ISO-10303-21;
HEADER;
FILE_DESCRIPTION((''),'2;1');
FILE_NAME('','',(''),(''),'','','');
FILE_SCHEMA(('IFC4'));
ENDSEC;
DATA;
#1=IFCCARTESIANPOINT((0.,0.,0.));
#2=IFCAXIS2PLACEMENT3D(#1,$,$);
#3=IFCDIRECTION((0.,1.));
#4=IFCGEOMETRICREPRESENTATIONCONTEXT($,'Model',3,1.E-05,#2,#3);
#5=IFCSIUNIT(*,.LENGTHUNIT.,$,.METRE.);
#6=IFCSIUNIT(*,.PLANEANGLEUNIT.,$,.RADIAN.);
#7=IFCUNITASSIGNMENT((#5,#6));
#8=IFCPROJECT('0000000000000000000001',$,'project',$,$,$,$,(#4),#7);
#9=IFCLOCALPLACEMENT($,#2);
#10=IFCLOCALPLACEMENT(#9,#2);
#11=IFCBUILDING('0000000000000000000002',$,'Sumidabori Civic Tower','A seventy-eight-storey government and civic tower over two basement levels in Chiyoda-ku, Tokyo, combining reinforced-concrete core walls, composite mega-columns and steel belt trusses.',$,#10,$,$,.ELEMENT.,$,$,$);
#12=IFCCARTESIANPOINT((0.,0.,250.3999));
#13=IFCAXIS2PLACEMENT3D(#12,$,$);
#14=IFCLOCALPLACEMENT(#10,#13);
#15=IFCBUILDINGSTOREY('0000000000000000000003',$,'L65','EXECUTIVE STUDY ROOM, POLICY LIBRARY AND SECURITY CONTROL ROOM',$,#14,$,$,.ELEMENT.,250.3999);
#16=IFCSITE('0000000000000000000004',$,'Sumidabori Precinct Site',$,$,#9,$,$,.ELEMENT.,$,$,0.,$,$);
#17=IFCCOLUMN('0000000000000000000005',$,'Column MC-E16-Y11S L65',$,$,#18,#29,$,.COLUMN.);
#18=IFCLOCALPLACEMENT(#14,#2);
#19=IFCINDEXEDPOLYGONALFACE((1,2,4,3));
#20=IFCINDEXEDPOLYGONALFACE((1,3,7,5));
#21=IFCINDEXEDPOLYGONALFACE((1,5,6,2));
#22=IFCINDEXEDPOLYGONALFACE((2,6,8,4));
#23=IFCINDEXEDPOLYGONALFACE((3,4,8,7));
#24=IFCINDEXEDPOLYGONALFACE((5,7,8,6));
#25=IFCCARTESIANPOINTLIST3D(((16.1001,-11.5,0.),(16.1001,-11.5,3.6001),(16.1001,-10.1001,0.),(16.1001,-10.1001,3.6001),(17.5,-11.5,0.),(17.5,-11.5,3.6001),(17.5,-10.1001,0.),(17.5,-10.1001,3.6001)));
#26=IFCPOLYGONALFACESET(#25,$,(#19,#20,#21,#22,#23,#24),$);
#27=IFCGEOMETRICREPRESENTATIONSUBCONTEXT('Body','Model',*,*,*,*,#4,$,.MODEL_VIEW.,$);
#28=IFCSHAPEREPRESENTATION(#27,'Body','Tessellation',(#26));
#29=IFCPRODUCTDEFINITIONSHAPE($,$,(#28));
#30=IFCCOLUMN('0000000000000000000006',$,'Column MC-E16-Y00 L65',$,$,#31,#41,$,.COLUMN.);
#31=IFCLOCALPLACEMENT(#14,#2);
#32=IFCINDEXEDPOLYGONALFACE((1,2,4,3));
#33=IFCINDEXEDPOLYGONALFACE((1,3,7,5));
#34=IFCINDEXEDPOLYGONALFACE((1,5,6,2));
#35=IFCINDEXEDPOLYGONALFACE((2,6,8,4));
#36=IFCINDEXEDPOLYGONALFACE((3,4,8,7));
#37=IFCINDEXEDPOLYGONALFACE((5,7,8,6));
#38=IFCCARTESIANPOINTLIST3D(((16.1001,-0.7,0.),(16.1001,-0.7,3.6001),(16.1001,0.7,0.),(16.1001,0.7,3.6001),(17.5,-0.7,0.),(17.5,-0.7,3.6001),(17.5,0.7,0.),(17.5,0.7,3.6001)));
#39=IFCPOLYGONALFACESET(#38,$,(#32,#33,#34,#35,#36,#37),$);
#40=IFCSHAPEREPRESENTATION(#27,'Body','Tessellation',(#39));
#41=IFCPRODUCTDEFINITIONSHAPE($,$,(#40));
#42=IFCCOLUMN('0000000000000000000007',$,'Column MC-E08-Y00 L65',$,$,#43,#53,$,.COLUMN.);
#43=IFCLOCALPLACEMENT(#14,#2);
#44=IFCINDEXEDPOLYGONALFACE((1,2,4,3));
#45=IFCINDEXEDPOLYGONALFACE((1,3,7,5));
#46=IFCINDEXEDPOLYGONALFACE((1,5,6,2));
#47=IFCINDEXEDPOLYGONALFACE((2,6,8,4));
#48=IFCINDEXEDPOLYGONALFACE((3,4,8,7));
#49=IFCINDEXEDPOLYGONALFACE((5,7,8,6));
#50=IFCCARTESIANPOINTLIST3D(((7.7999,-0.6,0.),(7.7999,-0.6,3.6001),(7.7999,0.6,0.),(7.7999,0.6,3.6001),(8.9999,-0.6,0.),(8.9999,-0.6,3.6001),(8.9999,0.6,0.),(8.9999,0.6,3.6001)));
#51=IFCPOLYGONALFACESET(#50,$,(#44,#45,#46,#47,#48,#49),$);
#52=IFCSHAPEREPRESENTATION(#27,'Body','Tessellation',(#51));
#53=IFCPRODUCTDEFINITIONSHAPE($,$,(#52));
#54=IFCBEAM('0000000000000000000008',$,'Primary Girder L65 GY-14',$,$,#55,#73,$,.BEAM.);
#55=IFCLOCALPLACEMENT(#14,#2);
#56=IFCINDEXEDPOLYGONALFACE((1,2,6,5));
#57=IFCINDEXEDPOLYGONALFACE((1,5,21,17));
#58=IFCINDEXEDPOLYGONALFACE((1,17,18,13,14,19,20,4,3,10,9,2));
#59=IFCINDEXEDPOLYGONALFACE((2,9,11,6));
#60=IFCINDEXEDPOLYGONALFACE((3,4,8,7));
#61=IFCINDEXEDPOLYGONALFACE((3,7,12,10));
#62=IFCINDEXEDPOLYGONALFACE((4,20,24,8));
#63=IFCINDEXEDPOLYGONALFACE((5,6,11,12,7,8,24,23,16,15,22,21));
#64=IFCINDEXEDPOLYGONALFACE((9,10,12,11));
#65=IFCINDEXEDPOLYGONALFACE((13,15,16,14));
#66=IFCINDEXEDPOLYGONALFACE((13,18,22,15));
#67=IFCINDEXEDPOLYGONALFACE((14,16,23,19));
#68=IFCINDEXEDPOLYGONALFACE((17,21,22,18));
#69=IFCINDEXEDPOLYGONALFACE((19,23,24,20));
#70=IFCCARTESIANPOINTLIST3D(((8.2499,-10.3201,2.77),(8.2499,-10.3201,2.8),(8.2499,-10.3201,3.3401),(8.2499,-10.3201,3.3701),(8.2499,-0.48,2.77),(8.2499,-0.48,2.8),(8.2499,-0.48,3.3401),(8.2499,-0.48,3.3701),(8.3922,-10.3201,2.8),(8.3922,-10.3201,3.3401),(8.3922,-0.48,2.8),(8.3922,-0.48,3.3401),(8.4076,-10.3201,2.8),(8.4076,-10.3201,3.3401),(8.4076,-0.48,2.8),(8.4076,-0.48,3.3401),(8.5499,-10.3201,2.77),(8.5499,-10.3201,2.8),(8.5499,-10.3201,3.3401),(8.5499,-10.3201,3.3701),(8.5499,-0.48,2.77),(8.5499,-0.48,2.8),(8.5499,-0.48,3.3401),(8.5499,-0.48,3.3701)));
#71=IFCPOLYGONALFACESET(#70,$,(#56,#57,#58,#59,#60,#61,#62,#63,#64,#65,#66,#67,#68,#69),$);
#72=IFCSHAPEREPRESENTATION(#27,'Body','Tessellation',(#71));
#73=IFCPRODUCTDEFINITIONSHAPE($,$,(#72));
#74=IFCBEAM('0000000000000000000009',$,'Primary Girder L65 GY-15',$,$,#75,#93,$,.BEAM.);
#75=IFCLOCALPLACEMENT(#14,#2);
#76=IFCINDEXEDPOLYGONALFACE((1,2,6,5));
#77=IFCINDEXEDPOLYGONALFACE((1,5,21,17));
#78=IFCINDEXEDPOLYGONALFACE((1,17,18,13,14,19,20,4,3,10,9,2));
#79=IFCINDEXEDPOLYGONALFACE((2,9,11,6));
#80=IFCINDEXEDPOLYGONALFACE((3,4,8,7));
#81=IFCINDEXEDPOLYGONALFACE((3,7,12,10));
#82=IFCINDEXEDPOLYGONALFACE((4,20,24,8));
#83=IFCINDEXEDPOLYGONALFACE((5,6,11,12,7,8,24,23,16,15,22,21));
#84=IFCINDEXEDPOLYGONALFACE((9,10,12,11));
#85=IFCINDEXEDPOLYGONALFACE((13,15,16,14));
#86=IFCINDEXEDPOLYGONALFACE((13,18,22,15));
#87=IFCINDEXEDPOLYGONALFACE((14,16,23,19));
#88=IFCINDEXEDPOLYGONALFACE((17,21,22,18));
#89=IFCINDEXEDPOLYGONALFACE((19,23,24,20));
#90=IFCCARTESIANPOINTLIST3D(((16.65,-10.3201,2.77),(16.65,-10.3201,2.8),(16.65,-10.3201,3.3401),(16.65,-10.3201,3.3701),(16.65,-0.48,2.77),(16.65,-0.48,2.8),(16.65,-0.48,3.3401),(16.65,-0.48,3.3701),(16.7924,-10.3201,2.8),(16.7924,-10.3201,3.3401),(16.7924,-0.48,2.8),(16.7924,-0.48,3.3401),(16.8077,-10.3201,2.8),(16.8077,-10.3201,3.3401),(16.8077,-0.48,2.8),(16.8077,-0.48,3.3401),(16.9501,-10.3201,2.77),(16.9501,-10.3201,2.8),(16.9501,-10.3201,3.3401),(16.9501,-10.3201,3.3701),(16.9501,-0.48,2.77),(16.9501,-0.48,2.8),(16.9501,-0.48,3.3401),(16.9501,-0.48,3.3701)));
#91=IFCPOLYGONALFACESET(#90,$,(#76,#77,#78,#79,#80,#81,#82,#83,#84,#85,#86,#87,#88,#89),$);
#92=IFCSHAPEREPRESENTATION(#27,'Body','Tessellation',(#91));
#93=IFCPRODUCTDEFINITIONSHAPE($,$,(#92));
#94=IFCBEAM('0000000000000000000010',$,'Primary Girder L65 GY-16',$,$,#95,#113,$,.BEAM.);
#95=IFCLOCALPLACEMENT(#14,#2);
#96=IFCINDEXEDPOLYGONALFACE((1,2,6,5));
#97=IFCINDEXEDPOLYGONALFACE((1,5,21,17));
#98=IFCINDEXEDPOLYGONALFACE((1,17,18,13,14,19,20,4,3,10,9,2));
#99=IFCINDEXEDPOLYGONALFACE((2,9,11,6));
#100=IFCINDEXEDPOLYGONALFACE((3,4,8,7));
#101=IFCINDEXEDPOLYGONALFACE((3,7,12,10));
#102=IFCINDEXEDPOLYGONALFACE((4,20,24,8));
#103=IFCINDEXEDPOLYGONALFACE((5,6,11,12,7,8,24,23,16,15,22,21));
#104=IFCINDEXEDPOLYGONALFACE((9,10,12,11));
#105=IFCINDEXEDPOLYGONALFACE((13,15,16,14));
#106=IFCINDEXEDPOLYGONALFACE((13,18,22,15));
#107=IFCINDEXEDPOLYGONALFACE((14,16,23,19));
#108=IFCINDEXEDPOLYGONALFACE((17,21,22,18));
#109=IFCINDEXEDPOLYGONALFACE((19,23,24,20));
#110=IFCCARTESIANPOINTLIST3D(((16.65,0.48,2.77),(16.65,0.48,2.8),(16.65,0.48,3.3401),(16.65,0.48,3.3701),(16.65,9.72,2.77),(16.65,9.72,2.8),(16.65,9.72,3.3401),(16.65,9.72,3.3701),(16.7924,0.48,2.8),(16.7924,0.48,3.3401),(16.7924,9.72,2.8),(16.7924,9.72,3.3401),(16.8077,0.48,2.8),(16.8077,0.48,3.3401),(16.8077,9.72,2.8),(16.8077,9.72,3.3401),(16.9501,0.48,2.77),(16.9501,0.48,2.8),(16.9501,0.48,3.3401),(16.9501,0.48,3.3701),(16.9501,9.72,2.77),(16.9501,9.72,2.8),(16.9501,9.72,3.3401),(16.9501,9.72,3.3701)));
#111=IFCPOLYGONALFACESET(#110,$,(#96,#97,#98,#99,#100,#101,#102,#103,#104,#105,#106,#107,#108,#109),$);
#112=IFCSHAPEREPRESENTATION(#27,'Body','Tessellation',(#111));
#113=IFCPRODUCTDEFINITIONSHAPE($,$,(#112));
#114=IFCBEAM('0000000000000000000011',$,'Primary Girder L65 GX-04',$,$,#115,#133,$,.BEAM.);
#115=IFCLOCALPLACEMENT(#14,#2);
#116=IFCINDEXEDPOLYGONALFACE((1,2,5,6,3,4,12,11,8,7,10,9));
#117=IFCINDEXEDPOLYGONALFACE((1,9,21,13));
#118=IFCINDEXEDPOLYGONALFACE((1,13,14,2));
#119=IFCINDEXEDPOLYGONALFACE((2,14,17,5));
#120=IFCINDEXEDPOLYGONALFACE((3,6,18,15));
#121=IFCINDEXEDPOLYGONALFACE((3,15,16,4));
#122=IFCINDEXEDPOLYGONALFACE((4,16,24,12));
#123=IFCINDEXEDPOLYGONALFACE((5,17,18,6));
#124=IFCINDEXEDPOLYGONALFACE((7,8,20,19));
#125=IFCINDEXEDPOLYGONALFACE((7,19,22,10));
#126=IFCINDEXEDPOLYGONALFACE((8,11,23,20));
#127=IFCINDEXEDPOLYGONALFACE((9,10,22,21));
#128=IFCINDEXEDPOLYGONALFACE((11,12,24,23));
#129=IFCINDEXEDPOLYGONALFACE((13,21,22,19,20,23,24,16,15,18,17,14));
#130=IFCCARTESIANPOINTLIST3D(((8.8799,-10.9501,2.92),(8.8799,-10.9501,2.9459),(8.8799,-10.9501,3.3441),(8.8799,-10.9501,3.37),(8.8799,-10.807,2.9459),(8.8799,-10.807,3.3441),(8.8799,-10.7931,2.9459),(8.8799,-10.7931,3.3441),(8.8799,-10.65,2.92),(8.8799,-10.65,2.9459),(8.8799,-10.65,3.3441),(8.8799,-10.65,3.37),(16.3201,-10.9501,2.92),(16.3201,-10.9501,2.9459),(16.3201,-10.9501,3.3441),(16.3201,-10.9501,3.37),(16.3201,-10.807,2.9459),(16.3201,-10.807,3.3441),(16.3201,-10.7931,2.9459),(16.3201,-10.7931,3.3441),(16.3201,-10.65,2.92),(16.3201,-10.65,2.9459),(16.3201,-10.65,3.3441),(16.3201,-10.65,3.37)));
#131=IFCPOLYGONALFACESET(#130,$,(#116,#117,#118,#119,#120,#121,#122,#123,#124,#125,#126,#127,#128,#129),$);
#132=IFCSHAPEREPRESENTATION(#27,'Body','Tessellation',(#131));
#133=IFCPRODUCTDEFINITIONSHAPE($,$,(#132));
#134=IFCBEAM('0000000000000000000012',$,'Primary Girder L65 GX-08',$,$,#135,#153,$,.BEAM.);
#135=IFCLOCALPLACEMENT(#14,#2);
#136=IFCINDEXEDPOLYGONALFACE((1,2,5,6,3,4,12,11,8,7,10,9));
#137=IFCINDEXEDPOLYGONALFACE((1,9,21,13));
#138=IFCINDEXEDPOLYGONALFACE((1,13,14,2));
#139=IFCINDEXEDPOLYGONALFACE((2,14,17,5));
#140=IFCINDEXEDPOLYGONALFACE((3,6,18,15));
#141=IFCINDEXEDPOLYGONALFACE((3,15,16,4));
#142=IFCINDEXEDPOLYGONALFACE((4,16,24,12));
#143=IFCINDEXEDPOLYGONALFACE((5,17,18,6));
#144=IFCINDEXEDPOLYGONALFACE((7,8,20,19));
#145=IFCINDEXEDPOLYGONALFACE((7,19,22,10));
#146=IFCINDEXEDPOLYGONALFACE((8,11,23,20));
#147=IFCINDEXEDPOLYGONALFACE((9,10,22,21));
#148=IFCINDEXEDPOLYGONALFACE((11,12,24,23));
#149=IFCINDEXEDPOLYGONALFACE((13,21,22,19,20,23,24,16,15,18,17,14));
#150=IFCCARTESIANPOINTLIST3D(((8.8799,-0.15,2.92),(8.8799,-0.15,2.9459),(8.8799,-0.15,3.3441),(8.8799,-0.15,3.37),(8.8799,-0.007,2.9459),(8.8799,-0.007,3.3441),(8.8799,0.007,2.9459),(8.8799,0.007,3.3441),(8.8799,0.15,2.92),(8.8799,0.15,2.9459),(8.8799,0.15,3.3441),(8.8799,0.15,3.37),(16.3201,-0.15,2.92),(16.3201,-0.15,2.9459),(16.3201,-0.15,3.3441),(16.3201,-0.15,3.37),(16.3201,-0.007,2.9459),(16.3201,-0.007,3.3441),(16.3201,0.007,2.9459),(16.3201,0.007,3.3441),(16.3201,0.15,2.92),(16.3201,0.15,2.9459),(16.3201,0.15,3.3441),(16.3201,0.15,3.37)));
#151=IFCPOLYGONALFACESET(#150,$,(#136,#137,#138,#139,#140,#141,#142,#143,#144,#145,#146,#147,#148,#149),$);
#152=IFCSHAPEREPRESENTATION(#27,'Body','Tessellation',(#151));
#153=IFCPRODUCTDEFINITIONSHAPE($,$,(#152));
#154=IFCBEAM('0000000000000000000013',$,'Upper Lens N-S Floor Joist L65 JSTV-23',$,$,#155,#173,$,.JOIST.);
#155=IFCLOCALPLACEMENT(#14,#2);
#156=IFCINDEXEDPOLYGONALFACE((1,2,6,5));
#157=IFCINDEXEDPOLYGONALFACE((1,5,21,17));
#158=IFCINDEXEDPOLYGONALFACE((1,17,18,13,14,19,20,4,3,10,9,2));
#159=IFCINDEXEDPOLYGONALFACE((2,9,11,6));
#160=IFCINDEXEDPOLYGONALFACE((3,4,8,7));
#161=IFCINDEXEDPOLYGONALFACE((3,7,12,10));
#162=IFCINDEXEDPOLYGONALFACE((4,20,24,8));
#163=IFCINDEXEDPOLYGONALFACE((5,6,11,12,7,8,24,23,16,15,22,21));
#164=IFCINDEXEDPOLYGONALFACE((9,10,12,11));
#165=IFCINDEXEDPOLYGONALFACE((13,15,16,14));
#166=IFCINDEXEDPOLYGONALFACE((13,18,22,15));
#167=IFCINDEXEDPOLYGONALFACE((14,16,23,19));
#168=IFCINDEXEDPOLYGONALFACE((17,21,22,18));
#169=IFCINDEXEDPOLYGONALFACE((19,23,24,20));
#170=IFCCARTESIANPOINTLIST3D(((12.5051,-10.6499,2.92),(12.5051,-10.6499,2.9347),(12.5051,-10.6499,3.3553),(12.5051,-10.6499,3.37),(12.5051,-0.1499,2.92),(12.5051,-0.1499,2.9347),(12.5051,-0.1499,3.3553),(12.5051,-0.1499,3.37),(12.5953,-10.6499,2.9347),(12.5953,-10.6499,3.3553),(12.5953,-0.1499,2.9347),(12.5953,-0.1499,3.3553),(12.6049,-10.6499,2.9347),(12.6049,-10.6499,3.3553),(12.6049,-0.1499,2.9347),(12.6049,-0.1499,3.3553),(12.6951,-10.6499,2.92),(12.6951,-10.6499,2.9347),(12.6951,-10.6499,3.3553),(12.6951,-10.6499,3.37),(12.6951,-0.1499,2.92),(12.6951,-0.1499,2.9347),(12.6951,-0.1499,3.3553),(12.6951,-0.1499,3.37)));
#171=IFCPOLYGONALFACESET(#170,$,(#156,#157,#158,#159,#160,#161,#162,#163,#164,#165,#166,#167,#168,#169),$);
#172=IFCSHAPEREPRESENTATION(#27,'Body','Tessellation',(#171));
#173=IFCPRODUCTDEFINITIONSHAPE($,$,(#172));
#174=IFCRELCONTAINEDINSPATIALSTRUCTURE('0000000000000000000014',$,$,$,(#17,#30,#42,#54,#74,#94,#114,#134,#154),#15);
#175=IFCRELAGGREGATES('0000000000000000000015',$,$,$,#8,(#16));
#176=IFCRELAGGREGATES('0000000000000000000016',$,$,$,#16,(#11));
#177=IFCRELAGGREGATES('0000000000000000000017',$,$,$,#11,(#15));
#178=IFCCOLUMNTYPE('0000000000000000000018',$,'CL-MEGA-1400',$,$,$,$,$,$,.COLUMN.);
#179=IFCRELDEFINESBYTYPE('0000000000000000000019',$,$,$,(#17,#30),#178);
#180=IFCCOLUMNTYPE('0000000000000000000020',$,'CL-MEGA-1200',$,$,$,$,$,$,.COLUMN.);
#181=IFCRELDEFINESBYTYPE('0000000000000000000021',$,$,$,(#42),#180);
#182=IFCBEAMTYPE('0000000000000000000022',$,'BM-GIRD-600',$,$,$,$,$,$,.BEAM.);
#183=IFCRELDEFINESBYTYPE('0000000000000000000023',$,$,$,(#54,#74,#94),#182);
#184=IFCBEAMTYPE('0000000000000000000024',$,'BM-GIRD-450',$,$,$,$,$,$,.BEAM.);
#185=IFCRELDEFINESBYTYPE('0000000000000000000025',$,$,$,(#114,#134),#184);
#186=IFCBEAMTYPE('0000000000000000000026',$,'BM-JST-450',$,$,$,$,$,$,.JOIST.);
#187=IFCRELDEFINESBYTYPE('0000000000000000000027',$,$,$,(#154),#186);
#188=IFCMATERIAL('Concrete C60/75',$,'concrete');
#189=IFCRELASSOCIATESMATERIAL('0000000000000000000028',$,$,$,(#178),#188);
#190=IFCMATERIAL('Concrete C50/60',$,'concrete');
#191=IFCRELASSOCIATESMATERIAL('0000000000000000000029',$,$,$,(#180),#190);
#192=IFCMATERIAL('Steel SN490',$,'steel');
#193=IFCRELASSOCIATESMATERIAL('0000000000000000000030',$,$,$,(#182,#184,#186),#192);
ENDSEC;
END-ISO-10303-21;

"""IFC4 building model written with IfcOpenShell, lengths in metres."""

from ifc_helpers import new_model, si_unit, direction, frame, origin, origin_2d, place, context, subcontext, project, spatial, rectangle, i_section, extrude, source, transform, mapped, material, material_profile, profile_set, type_object, element, save


model = new_model("IFC4")

# Units and contexts
model_context = context("Model", 3, precision=1e-05, world=origin(), true_north=direction((0.0, 1.0)))
body_context = subcontext(model_context, "Body", "Model", "MODEL_VIEW")
ifc_project = project(units=[si_unit("LENGTHUNIT", "METRE"), si_unit("PLANEANGLEUNIT", "RADIAN")], contexts=[model_context])

# Site, building, storey
site_placement = place(None, origin())
site = spatial("IfcSite", under=ifc_project, at=site_placement, Name="Sumidabori Precinct Site", CompositionType="ELEMENT", RefElevation=0.0)
building_placement = place(site_placement, origin())
building = spatial("IfcBuilding", under=site, at=building_placement, Name="Sumidabori Civic Tower", Description="A seventy-eight-storey government and civic tower over two basement levels in Chiyoda-ku, Tokyo, combining reinforced-concrete core walls, composite mega-columns and steel belt trusses.", CompositionType="ELEMENT")
storey_placement = place(building_placement, frame((0.0, 0.0, 250.3999)))
storey = spatial("IfcBuildingStorey", under=building, at=storey_placement, Name="L65", Description="EXECUTIVE STUDY ROOM, POLICY LIBRARY AND SECURITY CONTROL ROOM", CompositionType="ELEMENT", Elevation=250.3999)

# Columns
ifc_material_1 = material(Name="Concrete C60/75", Category="concrete")
ifc_material_profile_1 = material_profile(ifc_material_1, rectangle(XDim=1.3999, YDim=1.3999, at=origin_2d()), Name="RC 1400x1400")
ifc_profile_set_1 = profile_set([ifc_material_profile_1], Name="Concrete C60/75")
column_type_1 = type_object("IfcColumnType", Name="CL-MEGA-1400", PredefinedType="COLUMN", material=ifc_profile_set_1)
shared_shape_1 = source(origin(), body_context, "Body", "SweptSolid", [
    extrude(rectangle(XDim=1.3999, YDim=1.3999, at=origin_2d()), origin(), (0.0, 0.0, 1.0), 3.6001),
])
for number, where, z_axis, x_axis, name in (
    (1, (16.8, -10.8, 0.0), (0.0, 0.0, 1.0), (1.0, 0.0, 0.0), "Column MC-E16-Y11S L65"),
    (2, (16.8, 0.0, 0.0), (0.0, 0.0, 1.0), (1.0, 0.0, 0.0), "Column MC-E16-Y00 L65"),
):
    element("IfcColumn", number, at=place(storey_placement, frame(where, z_axis=z_axis, x_axis=x_axis)), inside=storey, type_object=column_type_1, Name=name, PredefinedType="COLUMN", context=body_context, shape_type="MappedRepresentation", body=[
        mapped(shared_shape_1, transform((0.0, 0.0, 0.0), x_axis=(1.0, 0.0, 0.0), y_axis=(0.0, 1.0, 0.0), z_axis=(0.0, 0.0, 1.0), scale=1.0)),
    ])
ifc_material_2 = material(Name="Concrete C50/60", Category="concrete")
ifc_material_profile_2 = material_profile(ifc_material_2, rectangle(XDim=1.2, YDim=1.2, at=origin_2d()), Name="RC 1200x1200")
ifc_profile_set_2 = profile_set([ifc_material_profile_2], Name="Concrete C50/60")
column_type_2 = type_object("IfcColumnType", Name="CL-MEGA-1200", PredefinedType="COLUMN", material=ifc_profile_set_2)
shared_shape_2 = source(origin(), body_context, "Body", "SweptSolid", [
    extrude(rectangle(XDim=1.2, YDim=1.2, at=origin_2d()), origin(), (0.0, 0.0, 1.0), 3.6001),
])
column_placement = place(storey_placement, frame((8.3999, 0.0, 0.0), z_axis=(0.0, 0.0, 1.0), x_axis=(1.0, 0.0, 0.0)))
element("IfcColumn", 3, at=column_placement, inside=storey, type_object=column_type_2, Name="Column MC-E08-Y00 L65", PredefinedType="COLUMN", context=body_context, shape_type="MappedRepresentation", body=[
    mapped(shared_shape_2, transform((0.0, 0.0, 0.0), x_axis=(1.0, 0.0, 0.0), y_axis=(0.0, 1.0, 0.0), z_axis=(0.0, 0.0, 1.0), scale=1.0)),
])

# Beams
ifc_material_3 = material(Name="Steel SN490", Category="steel")
ifc_material_profile_3 = material_profile(ifc_material_3, i_section(OverallWidth=0.3, OverallDepth=0.6001, WebThickness=0.0154, FlangeThickness=0.03, at=origin_2d()), Name="HE 600 B")
ifc_profile_set_3 = profile_set([ifc_material_profile_3], Name="Steel SN490")
beam_type_1 = type_object("IfcBeamType", Name="BM-GIRD-600", PredefinedType="BEAM", material=ifc_profile_set_3)
shared_shape_3 = source(origin(), body_context, "Body", "SweptSolid", [
    extrude(i_section(OverallWidth=0.3, OverallDepth=0.6001, WebThickness=0.0154, FlangeThickness=0.03, at=origin_2d()), origin(), (0.0, 0.0, 1.0), 9.8401),
])
for number, where, z_axis, x_axis, name in (
    (4, (8.3999, -10.3201, 3.0701), (0.0, 1.0, 0.0), (-1.0, 0.0, 0.0), "Primary Girder L65 GY-14"),
    (5, (16.8, -10.3201, 3.0701), (0.0, 1.0, 0.0), (-1.0, 0.0, 0.0), "Primary Girder L65 GY-15"),
):
    element("IfcBeam", number, at=place(storey_placement, frame(where, z_axis=z_axis, x_axis=x_axis)), inside=storey, type_object=beam_type_1, Name=name, PredefinedType="BEAM", context=body_context, shape_type="MappedRepresentation", body=[
        mapped(shared_shape_3, transform((0.0, 0.0, 0.0), x_axis=(1.0, 0.0, 0.0), y_axis=(0.0, 1.0, 0.0), z_axis=(0.0, 0.0, 1.0), scale=1.0)),
    ])
shared_shape_4 = source(origin(), body_context, "Body", "SweptSolid", [
    extrude(i_section(OverallWidth=0.3, OverallDepth=0.6001, WebThickness=0.0154, FlangeThickness=0.03, at=origin_2d()), origin(), (0.0, 0.0, 1.0), 9.24),
])
beam_1_placement = place(storey_placement, frame((16.8, 0.48, 3.0701), z_axis=(0.0, 1.0, 0.0), x_axis=(-1.0, 0.0, 0.0)))
element("IfcBeam", 6, at=beam_1_placement, inside=storey, type_object=beam_type_1, Name="Primary Girder L65 GY-16", PredefinedType="BEAM", context=body_context, shape_type="MappedRepresentation", body=[
    mapped(shared_shape_4, transform((0.0, 0.0, 0.0), x_axis=(1.0, 0.0, 0.0), y_axis=(0.0, 1.0, 0.0), z_axis=(0.0, 0.0, 1.0), scale=1.0)),
])
ifc_material_profile_4 = material_profile(ifc_material_3, i_section(OverallWidth=0.3, OverallDepth=0.45, WebThickness=0.0139, FlangeThickness=0.0259, at=origin_2d()), Name="HE 450 B")
ifc_profile_set_4 = profile_set([ifc_material_profile_4], Name="Steel SN490")
beam_type_2 = type_object("IfcBeamType", Name="BM-GIRD-450", PredefinedType="BEAM", material=ifc_profile_set_4)
shared_shape_5 = source(origin(), body_context, "Body", "SweptSolid", [
    extrude(i_section(OverallWidth=0.3, OverallDepth=0.45, WebThickness=0.0139, FlangeThickness=0.0259, at=origin_2d()), origin(), (0.0, 0.0, 1.0), 7.4402),
])
for number, where, z_axis, x_axis, name in (
    (7, (8.8799, -10.8, 3.145), (1.0, 0.0, 0.0), (0.0, 1.0, 0.0), "Primary Girder L65 GX-04"),
    (8, (8.8799, 0.0, 3.145), (1.0, 0.0, 0.0), (0.0, 1.0, 0.0), "Primary Girder L65 GX-08"),
):
    element("IfcBeam", number, at=place(storey_placement, frame(where, z_axis=z_axis, x_axis=x_axis)), inside=storey, type_object=beam_type_2, Name=name, PredefinedType="BEAM", context=body_context, shape_type="MappedRepresentation", body=[
        mapped(shared_shape_5, transform((0.0, 0.0, 0.0), x_axis=(1.0, 0.0, 0.0), y_axis=(0.0, 1.0, 0.0), z_axis=(0.0, 0.0, 1.0), scale=1.0)),
    ])
ifc_material_profile_5 = material_profile(ifc_material_3, i_section(OverallWidth=0.1899, OverallDepth=0.45, WebThickness=0.0095, FlangeThickness=0.0146, at=origin_2d()), Name="IPE 450")
ifc_profile_set_5 = profile_set([ifc_material_profile_5], Name="Steel SN490")
beam_type_3 = type_object("IfcBeamType", Name="BM-JST-450", PredefinedType="JOIST", material=ifc_profile_set_5)
shared_shape_6 = source(origin(), body_context, "Body", "SweptSolid", [
    extrude(i_section(OverallWidth=0.1899, OverallDepth=0.45, WebThickness=0.0095, FlangeThickness=0.0146, at=origin_2d()), origin(), (0.0, 0.0, 1.0), 10.5),
])
beam_2_placement = place(storey_placement, frame((12.6001, -10.6499, 3.145), z_axis=(0.0, 1.0, 0.0), x_axis=(-1.0, 0.0, 0.0)))
element("IfcBeam", 9, at=beam_2_placement, inside=storey, type_object=beam_type_3, Name="Upper Lens N-S Floor Joist L65 JSTV-23", PredefinedType="JOIST", context=body_context, shape_type="MappedRepresentation", body=[
    mapped(shared_shape_6, transform((0.0, 0.0, 0.0), x_axis=(1.0, 0.0, 0.0), y_axis=(0.0, 1.0, 0.0), z_axis=(0.0, 0.0, 1.0), scale=1.0)),
])

save(model, "model.ifc")
